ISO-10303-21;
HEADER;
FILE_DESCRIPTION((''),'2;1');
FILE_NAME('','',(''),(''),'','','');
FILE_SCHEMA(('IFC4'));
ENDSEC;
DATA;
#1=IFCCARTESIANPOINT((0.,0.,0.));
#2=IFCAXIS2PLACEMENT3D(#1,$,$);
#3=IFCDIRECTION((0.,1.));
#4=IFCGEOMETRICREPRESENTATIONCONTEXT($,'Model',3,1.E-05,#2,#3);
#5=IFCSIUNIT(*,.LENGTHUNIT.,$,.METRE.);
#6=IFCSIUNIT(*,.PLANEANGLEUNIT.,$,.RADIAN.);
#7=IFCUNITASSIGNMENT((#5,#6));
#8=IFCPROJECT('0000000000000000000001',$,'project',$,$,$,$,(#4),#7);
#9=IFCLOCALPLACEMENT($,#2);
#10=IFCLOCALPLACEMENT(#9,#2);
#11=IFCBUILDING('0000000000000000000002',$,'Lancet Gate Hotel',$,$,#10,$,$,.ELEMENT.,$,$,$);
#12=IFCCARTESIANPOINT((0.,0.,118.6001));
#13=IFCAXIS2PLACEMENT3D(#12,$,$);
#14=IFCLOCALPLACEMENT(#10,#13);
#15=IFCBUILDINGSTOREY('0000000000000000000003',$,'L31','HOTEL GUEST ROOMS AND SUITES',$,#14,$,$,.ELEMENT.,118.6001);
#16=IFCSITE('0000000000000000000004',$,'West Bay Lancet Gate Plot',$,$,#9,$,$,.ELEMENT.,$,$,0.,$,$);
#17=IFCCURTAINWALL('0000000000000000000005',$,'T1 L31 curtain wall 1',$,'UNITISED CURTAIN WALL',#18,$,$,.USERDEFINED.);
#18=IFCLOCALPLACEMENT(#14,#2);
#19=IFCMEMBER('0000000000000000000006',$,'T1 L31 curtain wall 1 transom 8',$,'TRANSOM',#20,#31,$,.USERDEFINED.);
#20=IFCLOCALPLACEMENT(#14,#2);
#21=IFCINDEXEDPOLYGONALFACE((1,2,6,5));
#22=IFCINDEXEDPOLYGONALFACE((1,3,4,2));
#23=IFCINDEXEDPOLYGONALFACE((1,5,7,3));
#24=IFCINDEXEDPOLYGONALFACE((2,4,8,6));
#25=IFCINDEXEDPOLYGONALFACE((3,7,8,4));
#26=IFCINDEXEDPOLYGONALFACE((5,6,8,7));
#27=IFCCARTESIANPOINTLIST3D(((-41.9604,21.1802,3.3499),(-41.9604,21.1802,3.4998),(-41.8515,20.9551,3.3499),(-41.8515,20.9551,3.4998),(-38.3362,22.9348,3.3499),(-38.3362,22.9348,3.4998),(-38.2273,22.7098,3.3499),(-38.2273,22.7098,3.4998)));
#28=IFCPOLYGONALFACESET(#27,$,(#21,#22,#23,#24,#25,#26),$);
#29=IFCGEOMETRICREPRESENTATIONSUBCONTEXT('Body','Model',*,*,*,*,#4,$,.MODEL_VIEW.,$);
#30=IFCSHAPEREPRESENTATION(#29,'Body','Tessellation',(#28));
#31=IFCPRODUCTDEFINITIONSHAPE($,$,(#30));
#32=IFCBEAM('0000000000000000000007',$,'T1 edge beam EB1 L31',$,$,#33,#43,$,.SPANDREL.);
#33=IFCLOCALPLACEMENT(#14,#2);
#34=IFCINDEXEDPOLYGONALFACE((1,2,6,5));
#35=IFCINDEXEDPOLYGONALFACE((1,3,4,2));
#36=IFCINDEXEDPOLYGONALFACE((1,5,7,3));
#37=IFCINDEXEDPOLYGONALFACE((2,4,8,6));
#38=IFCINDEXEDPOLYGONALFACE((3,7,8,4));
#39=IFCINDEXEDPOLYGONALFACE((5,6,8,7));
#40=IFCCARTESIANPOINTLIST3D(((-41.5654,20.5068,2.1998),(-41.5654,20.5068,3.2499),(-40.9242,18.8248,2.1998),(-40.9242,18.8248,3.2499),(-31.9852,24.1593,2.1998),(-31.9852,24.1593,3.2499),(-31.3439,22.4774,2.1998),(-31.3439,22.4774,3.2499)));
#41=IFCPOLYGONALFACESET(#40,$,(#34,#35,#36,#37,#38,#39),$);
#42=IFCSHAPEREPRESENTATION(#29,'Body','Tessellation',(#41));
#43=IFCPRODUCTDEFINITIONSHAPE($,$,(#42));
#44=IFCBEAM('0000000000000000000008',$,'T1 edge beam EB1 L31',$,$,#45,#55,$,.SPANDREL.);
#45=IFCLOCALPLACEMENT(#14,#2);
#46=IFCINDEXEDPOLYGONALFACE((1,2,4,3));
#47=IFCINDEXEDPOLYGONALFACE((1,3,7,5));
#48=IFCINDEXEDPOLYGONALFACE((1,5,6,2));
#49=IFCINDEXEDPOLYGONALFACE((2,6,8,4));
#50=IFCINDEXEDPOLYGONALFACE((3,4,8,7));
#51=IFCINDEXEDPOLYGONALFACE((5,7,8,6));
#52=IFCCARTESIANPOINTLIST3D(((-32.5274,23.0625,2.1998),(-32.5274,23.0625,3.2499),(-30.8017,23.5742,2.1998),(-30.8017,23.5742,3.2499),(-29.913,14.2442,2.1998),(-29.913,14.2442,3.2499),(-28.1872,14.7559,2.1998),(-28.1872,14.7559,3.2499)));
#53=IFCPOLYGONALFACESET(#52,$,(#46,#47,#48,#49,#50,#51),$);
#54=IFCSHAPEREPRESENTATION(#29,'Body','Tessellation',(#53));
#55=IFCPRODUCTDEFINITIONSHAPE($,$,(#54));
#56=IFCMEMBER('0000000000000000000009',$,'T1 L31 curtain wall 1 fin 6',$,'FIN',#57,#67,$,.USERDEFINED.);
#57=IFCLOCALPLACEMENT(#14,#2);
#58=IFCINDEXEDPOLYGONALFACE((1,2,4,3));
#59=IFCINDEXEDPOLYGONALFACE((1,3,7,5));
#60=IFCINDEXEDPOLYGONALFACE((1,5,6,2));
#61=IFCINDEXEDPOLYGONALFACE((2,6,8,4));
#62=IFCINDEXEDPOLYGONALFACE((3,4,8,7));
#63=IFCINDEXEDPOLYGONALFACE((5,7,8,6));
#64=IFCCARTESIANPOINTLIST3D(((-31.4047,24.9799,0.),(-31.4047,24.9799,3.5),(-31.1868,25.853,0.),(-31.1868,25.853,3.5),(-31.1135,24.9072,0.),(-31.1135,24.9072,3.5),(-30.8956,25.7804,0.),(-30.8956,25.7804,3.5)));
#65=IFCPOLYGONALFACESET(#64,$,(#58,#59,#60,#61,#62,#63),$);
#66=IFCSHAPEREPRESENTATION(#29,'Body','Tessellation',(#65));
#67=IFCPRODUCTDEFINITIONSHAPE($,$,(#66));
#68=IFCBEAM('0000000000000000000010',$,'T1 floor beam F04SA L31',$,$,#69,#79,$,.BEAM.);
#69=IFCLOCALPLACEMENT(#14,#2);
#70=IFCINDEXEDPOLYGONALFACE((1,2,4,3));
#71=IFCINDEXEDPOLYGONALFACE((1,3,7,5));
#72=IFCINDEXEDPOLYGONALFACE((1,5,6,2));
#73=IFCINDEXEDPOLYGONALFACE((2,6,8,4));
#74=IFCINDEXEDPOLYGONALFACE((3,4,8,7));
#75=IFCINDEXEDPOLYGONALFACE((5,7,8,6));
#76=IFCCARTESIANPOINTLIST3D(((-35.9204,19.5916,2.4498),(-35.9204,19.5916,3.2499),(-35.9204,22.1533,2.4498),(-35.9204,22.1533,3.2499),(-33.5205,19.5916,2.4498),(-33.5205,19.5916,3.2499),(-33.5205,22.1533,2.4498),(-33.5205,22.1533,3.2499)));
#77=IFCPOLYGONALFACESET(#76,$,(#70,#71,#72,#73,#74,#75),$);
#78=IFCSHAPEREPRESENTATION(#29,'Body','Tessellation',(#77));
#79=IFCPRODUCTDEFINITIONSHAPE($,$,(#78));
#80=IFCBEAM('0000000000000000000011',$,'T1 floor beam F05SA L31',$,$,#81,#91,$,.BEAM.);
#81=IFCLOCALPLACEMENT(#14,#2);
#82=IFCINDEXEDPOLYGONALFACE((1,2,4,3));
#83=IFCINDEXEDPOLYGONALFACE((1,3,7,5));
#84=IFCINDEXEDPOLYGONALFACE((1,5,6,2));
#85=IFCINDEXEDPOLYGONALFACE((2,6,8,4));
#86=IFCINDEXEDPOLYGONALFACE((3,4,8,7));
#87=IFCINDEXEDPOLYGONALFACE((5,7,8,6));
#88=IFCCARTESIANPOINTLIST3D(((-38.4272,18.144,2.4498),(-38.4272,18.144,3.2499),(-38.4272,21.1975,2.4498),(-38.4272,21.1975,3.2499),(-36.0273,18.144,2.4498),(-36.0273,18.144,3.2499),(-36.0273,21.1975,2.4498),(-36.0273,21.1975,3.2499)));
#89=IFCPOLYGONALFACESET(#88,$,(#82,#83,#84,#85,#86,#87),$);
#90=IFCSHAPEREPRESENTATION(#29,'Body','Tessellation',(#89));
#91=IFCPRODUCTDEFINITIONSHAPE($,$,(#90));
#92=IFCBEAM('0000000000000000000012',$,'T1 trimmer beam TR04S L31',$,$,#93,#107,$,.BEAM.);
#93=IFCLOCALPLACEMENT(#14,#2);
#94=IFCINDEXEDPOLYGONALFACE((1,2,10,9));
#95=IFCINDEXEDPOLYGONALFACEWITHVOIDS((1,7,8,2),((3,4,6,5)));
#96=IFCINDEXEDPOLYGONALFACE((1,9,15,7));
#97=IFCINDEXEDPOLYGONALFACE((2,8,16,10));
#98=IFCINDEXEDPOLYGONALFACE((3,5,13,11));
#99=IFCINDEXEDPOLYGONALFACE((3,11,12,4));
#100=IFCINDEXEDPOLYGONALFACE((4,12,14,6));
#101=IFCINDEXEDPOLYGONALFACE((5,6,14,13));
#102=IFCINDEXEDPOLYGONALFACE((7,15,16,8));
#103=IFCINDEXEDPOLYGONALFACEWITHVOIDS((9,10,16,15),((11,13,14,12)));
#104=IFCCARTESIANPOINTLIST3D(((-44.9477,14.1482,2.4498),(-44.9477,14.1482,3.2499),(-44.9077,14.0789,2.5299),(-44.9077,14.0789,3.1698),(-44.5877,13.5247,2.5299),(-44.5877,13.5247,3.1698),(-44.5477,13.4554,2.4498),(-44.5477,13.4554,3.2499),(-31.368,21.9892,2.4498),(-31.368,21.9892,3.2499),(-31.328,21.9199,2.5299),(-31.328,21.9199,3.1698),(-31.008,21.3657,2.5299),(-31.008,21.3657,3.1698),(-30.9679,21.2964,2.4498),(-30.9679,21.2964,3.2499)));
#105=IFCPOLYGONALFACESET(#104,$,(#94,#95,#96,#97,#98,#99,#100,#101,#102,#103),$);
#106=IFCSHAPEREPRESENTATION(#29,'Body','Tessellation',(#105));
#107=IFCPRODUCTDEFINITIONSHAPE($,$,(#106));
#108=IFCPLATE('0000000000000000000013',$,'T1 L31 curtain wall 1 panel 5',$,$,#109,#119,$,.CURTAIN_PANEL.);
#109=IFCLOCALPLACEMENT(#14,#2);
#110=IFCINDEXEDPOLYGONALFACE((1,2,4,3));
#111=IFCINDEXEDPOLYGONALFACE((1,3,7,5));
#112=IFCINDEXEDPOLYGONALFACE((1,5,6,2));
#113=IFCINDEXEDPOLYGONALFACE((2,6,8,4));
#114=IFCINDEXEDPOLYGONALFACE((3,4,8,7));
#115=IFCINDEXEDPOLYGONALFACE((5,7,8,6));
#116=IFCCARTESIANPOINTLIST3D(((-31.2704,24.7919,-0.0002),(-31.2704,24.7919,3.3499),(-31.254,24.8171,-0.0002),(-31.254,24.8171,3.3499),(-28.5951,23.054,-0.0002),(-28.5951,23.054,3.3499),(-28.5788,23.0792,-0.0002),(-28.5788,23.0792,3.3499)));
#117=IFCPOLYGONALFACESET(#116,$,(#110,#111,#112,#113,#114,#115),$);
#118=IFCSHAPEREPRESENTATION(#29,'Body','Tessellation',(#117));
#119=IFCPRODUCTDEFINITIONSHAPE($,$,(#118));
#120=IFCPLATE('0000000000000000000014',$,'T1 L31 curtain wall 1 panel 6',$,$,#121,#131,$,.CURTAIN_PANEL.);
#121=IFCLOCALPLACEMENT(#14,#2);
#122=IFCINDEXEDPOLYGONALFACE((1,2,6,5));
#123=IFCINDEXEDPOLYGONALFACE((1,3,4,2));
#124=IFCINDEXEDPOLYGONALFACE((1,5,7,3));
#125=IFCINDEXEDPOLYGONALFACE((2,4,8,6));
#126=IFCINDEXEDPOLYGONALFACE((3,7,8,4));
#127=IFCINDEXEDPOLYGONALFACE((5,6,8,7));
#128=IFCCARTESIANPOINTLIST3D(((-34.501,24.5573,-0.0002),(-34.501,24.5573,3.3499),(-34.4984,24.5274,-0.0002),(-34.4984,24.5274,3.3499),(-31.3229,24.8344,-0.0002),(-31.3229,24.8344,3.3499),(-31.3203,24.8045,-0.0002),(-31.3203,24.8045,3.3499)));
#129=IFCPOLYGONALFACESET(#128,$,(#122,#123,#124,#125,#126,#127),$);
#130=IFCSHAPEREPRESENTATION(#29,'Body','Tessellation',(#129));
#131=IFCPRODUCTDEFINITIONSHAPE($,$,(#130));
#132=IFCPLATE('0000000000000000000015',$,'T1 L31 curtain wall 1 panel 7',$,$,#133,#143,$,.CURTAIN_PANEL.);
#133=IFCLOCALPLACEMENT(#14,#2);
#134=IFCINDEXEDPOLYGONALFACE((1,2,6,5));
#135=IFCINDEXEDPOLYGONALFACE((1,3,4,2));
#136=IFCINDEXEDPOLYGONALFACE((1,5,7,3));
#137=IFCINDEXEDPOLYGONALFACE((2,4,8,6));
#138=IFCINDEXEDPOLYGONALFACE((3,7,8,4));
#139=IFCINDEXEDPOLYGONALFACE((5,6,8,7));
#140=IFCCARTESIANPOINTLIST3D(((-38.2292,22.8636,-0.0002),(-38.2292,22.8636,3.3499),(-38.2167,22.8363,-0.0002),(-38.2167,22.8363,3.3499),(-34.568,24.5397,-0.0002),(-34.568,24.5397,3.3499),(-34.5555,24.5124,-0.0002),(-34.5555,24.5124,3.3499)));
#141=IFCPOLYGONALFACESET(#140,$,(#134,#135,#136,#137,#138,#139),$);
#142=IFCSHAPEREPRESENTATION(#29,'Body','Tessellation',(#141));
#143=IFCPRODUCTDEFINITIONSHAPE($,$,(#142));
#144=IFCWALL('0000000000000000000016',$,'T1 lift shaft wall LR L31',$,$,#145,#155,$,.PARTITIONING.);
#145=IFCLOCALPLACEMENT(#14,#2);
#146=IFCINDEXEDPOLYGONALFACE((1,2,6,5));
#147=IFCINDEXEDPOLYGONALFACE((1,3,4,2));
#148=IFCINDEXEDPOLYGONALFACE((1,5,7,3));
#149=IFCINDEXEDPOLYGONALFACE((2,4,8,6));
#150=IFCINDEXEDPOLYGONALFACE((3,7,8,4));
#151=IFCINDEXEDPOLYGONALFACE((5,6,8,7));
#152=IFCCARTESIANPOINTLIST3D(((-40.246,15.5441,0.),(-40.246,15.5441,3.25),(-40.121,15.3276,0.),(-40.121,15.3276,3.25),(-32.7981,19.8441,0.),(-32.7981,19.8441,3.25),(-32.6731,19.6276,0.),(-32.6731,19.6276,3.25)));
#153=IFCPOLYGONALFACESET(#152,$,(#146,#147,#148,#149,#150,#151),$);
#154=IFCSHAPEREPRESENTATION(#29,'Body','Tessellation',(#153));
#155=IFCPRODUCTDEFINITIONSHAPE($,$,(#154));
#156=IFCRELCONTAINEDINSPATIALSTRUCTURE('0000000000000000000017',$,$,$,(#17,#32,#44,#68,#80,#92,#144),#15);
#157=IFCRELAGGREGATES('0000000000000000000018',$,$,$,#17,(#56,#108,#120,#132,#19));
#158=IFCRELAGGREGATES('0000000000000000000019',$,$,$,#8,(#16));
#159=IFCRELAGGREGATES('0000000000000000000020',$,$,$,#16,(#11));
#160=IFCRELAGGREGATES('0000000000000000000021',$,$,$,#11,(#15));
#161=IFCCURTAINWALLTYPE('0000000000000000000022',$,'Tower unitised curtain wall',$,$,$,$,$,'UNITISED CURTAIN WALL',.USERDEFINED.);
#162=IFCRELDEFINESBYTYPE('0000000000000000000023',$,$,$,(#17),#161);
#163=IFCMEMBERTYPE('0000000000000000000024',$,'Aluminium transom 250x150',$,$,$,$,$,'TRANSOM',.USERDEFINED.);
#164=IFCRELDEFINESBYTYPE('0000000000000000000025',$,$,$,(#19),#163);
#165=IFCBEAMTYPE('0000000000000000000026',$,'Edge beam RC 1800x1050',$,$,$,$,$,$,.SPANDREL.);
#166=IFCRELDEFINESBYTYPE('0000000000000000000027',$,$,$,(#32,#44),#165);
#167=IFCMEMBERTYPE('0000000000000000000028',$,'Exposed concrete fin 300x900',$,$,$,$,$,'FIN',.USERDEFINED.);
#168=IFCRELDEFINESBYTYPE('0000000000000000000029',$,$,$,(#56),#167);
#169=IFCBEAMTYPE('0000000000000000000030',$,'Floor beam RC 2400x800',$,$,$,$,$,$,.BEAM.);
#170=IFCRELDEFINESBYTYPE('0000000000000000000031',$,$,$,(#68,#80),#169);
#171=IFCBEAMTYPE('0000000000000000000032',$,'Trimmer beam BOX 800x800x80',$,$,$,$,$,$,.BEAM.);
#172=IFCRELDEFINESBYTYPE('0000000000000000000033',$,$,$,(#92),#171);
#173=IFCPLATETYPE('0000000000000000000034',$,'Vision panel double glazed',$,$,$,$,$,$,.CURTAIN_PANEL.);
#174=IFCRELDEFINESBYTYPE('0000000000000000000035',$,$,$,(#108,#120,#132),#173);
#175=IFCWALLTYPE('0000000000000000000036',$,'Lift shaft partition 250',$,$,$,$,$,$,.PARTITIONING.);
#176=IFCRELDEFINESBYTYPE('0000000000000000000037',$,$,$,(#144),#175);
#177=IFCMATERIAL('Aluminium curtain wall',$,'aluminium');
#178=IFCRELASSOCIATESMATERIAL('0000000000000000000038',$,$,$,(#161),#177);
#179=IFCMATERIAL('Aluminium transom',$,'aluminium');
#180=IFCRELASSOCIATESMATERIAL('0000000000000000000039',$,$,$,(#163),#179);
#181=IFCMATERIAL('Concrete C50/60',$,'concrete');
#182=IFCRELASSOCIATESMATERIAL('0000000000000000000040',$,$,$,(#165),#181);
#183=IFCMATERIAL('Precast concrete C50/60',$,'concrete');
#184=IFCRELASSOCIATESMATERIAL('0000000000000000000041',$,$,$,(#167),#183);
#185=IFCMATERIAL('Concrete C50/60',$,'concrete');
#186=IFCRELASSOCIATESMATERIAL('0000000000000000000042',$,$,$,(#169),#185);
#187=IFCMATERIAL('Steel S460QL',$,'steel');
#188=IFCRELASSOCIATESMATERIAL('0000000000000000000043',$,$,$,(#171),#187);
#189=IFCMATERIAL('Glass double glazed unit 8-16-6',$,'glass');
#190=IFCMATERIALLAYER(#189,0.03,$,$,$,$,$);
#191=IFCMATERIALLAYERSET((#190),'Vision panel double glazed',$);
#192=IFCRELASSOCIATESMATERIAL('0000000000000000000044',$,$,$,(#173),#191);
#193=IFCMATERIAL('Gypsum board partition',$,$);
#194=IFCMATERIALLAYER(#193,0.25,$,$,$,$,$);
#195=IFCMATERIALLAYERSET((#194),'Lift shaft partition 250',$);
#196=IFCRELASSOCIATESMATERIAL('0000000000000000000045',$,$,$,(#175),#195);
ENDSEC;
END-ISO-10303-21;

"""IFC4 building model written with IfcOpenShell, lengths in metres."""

from ifc_helpers import new_model, si_unit, direction, frame, frame_2d, origin, origin_2d, place, context, subcontext, project, spatial, rectangle, hollow_rectangle, extrude, material, layer, layer_set, material_profile, profile_set, type_object, element, aggregate, save


model = new_model("IFC4")

# Units and contexts
model_context = context("Model", 3, precision=1e-05, world=origin(), true_north=direction((0.0, 1.0)))
body_context = subcontext(model_context, "Body", "Model", "MODEL_VIEW")
ifc_project = project(units=[si_unit("LENGTHUNIT", "METRE"), si_unit("PLANEANGLEUNIT", "RADIAN")], contexts=[model_context])

# Site, building, storey
site_placement = place(None, origin())
site = spatial("IfcSite", under=ifc_project, at=site_placement, Name="West Bay Lancet Gate Plot", CompositionType="ELEMENT", RefElevation=0.0)
building_placement = place(site_placement, origin())
building = spatial("IfcBuilding", under=site, at=building_placement, Name="Lancet Gate Hotel", CompositionType="ELEMENT")
storey_placement = place(building_placement, frame((0.0, 0.0, 118.6001)))
storey = spatial("IfcBuildingStorey", under=building, at=storey_placement, Name="L31", Description="HOTEL GUEST ROOMS AND SUITES", CompositionType="ELEMENT", Elevation=118.6001)

# Curtain wall, member
ifc_material_1 = material(Name="Aluminium curtain wall", Category="aluminium")
curtain_wall_type = type_object("IfcCurtainWallType", Name="Tower unitised curtain wall", ElementType="UNITISED CURTAIN WALL", PredefinedType="USERDEFINED", material=ifc_material_1)
curtain_wall_placement = place(storey_placement, origin())
curtain_wall = element("IfcCurtainWall", 1, at=curtain_wall_placement, inside=storey, type_object=curtain_wall_type, Name="T1 L31 curtain wall 1", ObjectType="UNITISED CURTAIN WALL", PredefinedType="USERDEFINED")
ifc_material_2 = material(Name="Aluminium transom", Category="aluminium")
ifc_material_profile_1 = material_profile(ifc_material_2, rectangle(XDim=0.25, YDim=0.1499, at=origin_2d()), Name="TRANSOM 250x150")
ifc_profile_set_1 = profile_set([ifc_material_profile_1], Name="Aluminium transom")
member_type_1 = type_object("IfcMemberType", Name="Aluminium transom 250x150", ElementType="TRANSOM", PredefinedType="USERDEFINED", material=ifc_profile_set_1)
member_1_placement = place(storey_placement, frame((-38.2817, 22.8223, 3.4248), z_axis=(-0.900066, -0.435754, 0.0), x_axis=(0.435754, -0.900066, 0.0)))
member_1 = element("IfcMember", 2, at=member_1_placement, type_object=member_type_1, Name="T1 L31 curtain wall 1 transom 8", ObjectType="TRANSOM", PredefinedType="USERDEFINED", context=body_context, shape_type="SweptSolid", body=[
    extrude(rectangle(XDim=0.25, YDim=0.1499, at=origin_2d()), origin(), (0.0, 0.0, 1.0), 4.0266),
])

# Beams
ifc_material_3 = material(Name="Concrete C50/60", Category="concrete")
ifc_material_profile_2 = material_profile(ifc_material_3, rectangle(XDim=1.8, YDim=1.05, at=origin_2d()), Name="RC 1800x1050")
ifc_profile_set_2 = profile_set([ifc_material_profile_2], Name="Concrete C50/60")
beam_type_1 = type_object("IfcBeamType", Name="Edge beam RC 1800x1050", PredefinedType="SPANDREL", material=ifc_profile_set_2)
beam_1_placement = place(storey_placement, frame((-31.6646, 23.3184, 2.7249), z_axis=(-0.934392, -0.356246, 0.0), x_axis=(0.356246, -0.934392, 0.0)))
element("IfcBeam", 3, at=beam_1_placement, inside=storey, type_object=beam_type_1, Name="T1 edge beam EB1 L31", PredefinedType="SPANDREL", context=body_context, shape_type="SweptSolid", body=[
    extrude(rectangle(XDim=1.8, YDim=1.05, at=origin_2d()), origin(), (0.0, 0.0, 1.0), 10.2529),
])
beam_2_placement = place(storey_placement, frame((-31.6646, 23.3184, 2.7249), z_axis=(0.284254, -0.958749, 0.0), x_axis=(0.958749, 0.284254, 0.0)))
element("IfcBeam", 4, at=beam_2_placement, inside=storey, type_object=beam_type_1, Name="T1 edge beam EB1 L31", PredefinedType="SPANDREL", context=body_context, shape_type="SweptSolid", body=[
    extrude(rectangle(XDim=1.8, YDim=1.05, at=origin_2d()), origin(), (0.0, 0.0, 1.0), 9.1978),
])

# Member
ifc_material_4 = material(Name="Precast concrete C50/60", Category="concrete")
ifc_material_profile_3 = material_profile(ifc_material_4, rectangle(XDim=0.3, YDim=0.8999, at=origin_2d()), Name="FIN 300x900")
ifc_profile_set_3 = profile_set([ifc_material_profile_3], Name="Precast concrete C50/60")
member_type_2 = type_object("IfcMemberType", Name="Exposed concrete fin 300x900", ElementType="FIN", PredefinedType="USERDEFINED", material=ifc_profile_set_3)
member_2_placement = place(storey_placement, frame((-31.1501, 25.3801, 0.0), z_axis=(0.0, 0.0, 1.0), x_axis=(-0.970242, 0.242137, 0.0)))
member_2 = element("IfcMember", 5, at=member_2_placement, type_object=member_type_2, Name="T1 L31 curtain wall 1 fin 6", ObjectType="FIN", PredefinedType="USERDEFINED", context=body_context, shape_type="SweptSolid", body=[
    extrude(rectangle(XDim=0.3, YDim=0.8999, at=origin_2d()), origin(), (0.0, 0.0, 1.0), 3.5),
])

# Beams
ifc_material_5 = material(Name="Concrete C50/60", Category="concrete")
ifc_material_profile_4 = material_profile(ifc_material_5, rectangle(XDim=2.3999, YDim=0.8, at=origin_2d()), Name="RC 2400x800")
ifc_profile_set_4 = profile_set([ifc_material_profile_4], Name="Concrete C50/60")
beam_type_2 = type_object("IfcBeamType", Name="Floor beam RC 2400x800", PredefinedType="BEAM", material=ifc_profile_set_4)
beam_3_placement = place(storey_placement, frame((-34.7205, 22.1533, 2.8499), z_axis=(0.0, -1.0, 0.0), x_axis=(1.0, 0.0, 0.0)))
element("IfcBeam", 6, at=beam_3_placement, inside=storey, type_object=beam_type_2, Name="T1 floor beam F04SA L31", PredefinedType="BEAM", context=body_context, shape_type="SweptSolid", body=[
    extrude(rectangle(XDim=2.3999, YDim=0.8, at=origin_2d()), origin(), (0.0, 0.0, 1.0), 2.5618),
])
beam_4_placement = place(storey_placement, frame((-37.2273, 21.1975, 2.8499), z_axis=(0.0, -1.0, 0.0), x_axis=(1.0, 0.0, 0.0)))
element("IfcBeam", 7, at=beam_4_placement, inside=storey, type_object=beam_type_2, Name="T1 floor beam F05SA L31", PredefinedType="BEAM", context=body_context, shape_type="SweptSolid", body=[
    extrude(rectangle(XDim=2.3999, YDim=0.8, at=origin_2d()), origin(), (0.0, 0.0, 1.0), 3.0535),
])
ifc_material_6 = material(Name="Steel S460QL", Category="steel")
ifc_material_profile_5 = material_profile(ifc_material_6, hollow_rectangle(XDim=0.8, YDim=0.8, WallThickness=0.0801, at=origin_2d()), Name="BOX 800x800x80")
ifc_profile_set_5 = profile_set([ifc_material_profile_5], Name="Steel S460QL")
beam_type_3 = type_object("IfcBeamType", Name="Trimmer beam BOX 800x800x80", PredefinedType="BEAM", material=ifc_profile_set_5)
beam_5_placement = place(storey_placement, frame((-31.168, 21.6428, 2.8499), z_axis=(-0.866005, -0.500036, 0.0), x_axis=(0.500036, -0.866005, 0.0)))
element("IfcBeam", 8, at=beam_5_placement, inside=storey, type_object=beam_type_3, Name="T1 trimmer beam TR04S L31", PredefinedType="BEAM", context=body_context, shape_type="SweptSolid", body=[
    extrude(hollow_rectangle(XDim=0.8, YDim=0.8, WallThickness=0.0801, at=origin_2d()), origin(), (0.0, 0.0, 1.0), 15.6809),
])

# Plates
ifc_material_7 = material(Name="Glass double glazed unit 8-16-6", Category="glass")
ifc_layer_1 = layer(ifc_material_7, 0.03)
ifc_layer_set_1 = layer_set([ifc_layer_1], Name="Vision panel double glazed")
plate_type = type_object("IfcPlateType", Name="Vision panel double glazed", PredefinedType="CURTAIN_PANEL", material=ifc_layer_set_1)
plate_1_placement = place(storey_placement, frame((-29.9246, 23.9355, -0.0002), z_axis=(0.0, 0.0, 1.0), x_axis=(-0.83858, 0.544778, 0.0)))
plate_1 = element("IfcPlate", 9, at=plate_1_placement, type_object=plate_type, Name="T1 L31 curtain wall 1 panel 5", PredefinedType="CURTAIN_PANEL", context=body_context, shape_type="SweptSolid", body=[
    extrude(rectangle(XDim=3.1902, YDim=0.03, at=origin_2d()), origin(), (0.0, 0.0, 1.0), 3.3501),
])
plate_2_placement = place(storey_placement, frame((-32.9106, 24.6809, -0.0002), z_axis=(0.0, 0.0, 1.0), x_axis=(-0.996219, -0.08688, 0.0)))
plate_2 = element("IfcPlate", 10, at=plate_2_placement, type_object=plate_type, Name="T1 L31 curtain wall 1 panel 6", PredefinedType="CURTAIN_PANEL", context=body_context, shape_type="SweptSolid", body=[
    extrude(rectangle(XDim=3.1902, YDim=0.03, at=origin_2d()), origin(), (0.0, 0.0, 1.0), 3.3501),
])
plate_3_placement = place(storey_placement, frame((-36.3923, 23.688, -0.0002), z_axis=(0.0, 0.0, 1.0), x_axis=(-0.909253, -0.416245, 0.0)))
plate_3 = element("IfcPlate", 11, at=plate_3_placement, type_object=plate_type, Name="T1 L31 curtain wall 1 panel 7", PredefinedType="CURTAIN_PANEL", context=body_context, shape_type="SweptSolid", body=[
    extrude(rectangle(XDim=4.0266, YDim=0.03, at=origin_2d()), origin(), (0.0, 0.0, 1.0), 3.3501),
])
aggregate(curtain_wall, [member_2, plate_1, plate_2, plate_3, member_1])

# Wall
ifc_material_8 = material(Name="Gypsum board partition")
ifc_layer_2 = layer(ifc_material_8, 0.25)
ifc_layer_set_2 = layer_set([ifc_layer_2], Name="Lift shaft partition 250")
wall_type = type_object("IfcWallType", Name="Lift shaft partition 250", PredefinedType="PARTITIONING", material=ifc_layer_set_2)
wall_placement = place(storey_placement, frame((-32.7356, 19.7358, 0.0), z_axis=(0.0, 0.0, 1.0), x_axis=(-0.866028, -0.499995, 0.0)))
element("IfcWall", 12, at=wall_placement, inside=storey, type_object=wall_type, Name="T1 lift shaft wall LR L31", PredefinedType="PARTITIONING", context=body_context, shape_type="SweptSolid", body=[
    extrude(rectangle(XDim=8.6001, YDim=0.25, at=frame_2d((4.3, 0.0))), origin(), (0.0, 0.0, 1.0), 3.25),
])

save(model, "model.ifc")
